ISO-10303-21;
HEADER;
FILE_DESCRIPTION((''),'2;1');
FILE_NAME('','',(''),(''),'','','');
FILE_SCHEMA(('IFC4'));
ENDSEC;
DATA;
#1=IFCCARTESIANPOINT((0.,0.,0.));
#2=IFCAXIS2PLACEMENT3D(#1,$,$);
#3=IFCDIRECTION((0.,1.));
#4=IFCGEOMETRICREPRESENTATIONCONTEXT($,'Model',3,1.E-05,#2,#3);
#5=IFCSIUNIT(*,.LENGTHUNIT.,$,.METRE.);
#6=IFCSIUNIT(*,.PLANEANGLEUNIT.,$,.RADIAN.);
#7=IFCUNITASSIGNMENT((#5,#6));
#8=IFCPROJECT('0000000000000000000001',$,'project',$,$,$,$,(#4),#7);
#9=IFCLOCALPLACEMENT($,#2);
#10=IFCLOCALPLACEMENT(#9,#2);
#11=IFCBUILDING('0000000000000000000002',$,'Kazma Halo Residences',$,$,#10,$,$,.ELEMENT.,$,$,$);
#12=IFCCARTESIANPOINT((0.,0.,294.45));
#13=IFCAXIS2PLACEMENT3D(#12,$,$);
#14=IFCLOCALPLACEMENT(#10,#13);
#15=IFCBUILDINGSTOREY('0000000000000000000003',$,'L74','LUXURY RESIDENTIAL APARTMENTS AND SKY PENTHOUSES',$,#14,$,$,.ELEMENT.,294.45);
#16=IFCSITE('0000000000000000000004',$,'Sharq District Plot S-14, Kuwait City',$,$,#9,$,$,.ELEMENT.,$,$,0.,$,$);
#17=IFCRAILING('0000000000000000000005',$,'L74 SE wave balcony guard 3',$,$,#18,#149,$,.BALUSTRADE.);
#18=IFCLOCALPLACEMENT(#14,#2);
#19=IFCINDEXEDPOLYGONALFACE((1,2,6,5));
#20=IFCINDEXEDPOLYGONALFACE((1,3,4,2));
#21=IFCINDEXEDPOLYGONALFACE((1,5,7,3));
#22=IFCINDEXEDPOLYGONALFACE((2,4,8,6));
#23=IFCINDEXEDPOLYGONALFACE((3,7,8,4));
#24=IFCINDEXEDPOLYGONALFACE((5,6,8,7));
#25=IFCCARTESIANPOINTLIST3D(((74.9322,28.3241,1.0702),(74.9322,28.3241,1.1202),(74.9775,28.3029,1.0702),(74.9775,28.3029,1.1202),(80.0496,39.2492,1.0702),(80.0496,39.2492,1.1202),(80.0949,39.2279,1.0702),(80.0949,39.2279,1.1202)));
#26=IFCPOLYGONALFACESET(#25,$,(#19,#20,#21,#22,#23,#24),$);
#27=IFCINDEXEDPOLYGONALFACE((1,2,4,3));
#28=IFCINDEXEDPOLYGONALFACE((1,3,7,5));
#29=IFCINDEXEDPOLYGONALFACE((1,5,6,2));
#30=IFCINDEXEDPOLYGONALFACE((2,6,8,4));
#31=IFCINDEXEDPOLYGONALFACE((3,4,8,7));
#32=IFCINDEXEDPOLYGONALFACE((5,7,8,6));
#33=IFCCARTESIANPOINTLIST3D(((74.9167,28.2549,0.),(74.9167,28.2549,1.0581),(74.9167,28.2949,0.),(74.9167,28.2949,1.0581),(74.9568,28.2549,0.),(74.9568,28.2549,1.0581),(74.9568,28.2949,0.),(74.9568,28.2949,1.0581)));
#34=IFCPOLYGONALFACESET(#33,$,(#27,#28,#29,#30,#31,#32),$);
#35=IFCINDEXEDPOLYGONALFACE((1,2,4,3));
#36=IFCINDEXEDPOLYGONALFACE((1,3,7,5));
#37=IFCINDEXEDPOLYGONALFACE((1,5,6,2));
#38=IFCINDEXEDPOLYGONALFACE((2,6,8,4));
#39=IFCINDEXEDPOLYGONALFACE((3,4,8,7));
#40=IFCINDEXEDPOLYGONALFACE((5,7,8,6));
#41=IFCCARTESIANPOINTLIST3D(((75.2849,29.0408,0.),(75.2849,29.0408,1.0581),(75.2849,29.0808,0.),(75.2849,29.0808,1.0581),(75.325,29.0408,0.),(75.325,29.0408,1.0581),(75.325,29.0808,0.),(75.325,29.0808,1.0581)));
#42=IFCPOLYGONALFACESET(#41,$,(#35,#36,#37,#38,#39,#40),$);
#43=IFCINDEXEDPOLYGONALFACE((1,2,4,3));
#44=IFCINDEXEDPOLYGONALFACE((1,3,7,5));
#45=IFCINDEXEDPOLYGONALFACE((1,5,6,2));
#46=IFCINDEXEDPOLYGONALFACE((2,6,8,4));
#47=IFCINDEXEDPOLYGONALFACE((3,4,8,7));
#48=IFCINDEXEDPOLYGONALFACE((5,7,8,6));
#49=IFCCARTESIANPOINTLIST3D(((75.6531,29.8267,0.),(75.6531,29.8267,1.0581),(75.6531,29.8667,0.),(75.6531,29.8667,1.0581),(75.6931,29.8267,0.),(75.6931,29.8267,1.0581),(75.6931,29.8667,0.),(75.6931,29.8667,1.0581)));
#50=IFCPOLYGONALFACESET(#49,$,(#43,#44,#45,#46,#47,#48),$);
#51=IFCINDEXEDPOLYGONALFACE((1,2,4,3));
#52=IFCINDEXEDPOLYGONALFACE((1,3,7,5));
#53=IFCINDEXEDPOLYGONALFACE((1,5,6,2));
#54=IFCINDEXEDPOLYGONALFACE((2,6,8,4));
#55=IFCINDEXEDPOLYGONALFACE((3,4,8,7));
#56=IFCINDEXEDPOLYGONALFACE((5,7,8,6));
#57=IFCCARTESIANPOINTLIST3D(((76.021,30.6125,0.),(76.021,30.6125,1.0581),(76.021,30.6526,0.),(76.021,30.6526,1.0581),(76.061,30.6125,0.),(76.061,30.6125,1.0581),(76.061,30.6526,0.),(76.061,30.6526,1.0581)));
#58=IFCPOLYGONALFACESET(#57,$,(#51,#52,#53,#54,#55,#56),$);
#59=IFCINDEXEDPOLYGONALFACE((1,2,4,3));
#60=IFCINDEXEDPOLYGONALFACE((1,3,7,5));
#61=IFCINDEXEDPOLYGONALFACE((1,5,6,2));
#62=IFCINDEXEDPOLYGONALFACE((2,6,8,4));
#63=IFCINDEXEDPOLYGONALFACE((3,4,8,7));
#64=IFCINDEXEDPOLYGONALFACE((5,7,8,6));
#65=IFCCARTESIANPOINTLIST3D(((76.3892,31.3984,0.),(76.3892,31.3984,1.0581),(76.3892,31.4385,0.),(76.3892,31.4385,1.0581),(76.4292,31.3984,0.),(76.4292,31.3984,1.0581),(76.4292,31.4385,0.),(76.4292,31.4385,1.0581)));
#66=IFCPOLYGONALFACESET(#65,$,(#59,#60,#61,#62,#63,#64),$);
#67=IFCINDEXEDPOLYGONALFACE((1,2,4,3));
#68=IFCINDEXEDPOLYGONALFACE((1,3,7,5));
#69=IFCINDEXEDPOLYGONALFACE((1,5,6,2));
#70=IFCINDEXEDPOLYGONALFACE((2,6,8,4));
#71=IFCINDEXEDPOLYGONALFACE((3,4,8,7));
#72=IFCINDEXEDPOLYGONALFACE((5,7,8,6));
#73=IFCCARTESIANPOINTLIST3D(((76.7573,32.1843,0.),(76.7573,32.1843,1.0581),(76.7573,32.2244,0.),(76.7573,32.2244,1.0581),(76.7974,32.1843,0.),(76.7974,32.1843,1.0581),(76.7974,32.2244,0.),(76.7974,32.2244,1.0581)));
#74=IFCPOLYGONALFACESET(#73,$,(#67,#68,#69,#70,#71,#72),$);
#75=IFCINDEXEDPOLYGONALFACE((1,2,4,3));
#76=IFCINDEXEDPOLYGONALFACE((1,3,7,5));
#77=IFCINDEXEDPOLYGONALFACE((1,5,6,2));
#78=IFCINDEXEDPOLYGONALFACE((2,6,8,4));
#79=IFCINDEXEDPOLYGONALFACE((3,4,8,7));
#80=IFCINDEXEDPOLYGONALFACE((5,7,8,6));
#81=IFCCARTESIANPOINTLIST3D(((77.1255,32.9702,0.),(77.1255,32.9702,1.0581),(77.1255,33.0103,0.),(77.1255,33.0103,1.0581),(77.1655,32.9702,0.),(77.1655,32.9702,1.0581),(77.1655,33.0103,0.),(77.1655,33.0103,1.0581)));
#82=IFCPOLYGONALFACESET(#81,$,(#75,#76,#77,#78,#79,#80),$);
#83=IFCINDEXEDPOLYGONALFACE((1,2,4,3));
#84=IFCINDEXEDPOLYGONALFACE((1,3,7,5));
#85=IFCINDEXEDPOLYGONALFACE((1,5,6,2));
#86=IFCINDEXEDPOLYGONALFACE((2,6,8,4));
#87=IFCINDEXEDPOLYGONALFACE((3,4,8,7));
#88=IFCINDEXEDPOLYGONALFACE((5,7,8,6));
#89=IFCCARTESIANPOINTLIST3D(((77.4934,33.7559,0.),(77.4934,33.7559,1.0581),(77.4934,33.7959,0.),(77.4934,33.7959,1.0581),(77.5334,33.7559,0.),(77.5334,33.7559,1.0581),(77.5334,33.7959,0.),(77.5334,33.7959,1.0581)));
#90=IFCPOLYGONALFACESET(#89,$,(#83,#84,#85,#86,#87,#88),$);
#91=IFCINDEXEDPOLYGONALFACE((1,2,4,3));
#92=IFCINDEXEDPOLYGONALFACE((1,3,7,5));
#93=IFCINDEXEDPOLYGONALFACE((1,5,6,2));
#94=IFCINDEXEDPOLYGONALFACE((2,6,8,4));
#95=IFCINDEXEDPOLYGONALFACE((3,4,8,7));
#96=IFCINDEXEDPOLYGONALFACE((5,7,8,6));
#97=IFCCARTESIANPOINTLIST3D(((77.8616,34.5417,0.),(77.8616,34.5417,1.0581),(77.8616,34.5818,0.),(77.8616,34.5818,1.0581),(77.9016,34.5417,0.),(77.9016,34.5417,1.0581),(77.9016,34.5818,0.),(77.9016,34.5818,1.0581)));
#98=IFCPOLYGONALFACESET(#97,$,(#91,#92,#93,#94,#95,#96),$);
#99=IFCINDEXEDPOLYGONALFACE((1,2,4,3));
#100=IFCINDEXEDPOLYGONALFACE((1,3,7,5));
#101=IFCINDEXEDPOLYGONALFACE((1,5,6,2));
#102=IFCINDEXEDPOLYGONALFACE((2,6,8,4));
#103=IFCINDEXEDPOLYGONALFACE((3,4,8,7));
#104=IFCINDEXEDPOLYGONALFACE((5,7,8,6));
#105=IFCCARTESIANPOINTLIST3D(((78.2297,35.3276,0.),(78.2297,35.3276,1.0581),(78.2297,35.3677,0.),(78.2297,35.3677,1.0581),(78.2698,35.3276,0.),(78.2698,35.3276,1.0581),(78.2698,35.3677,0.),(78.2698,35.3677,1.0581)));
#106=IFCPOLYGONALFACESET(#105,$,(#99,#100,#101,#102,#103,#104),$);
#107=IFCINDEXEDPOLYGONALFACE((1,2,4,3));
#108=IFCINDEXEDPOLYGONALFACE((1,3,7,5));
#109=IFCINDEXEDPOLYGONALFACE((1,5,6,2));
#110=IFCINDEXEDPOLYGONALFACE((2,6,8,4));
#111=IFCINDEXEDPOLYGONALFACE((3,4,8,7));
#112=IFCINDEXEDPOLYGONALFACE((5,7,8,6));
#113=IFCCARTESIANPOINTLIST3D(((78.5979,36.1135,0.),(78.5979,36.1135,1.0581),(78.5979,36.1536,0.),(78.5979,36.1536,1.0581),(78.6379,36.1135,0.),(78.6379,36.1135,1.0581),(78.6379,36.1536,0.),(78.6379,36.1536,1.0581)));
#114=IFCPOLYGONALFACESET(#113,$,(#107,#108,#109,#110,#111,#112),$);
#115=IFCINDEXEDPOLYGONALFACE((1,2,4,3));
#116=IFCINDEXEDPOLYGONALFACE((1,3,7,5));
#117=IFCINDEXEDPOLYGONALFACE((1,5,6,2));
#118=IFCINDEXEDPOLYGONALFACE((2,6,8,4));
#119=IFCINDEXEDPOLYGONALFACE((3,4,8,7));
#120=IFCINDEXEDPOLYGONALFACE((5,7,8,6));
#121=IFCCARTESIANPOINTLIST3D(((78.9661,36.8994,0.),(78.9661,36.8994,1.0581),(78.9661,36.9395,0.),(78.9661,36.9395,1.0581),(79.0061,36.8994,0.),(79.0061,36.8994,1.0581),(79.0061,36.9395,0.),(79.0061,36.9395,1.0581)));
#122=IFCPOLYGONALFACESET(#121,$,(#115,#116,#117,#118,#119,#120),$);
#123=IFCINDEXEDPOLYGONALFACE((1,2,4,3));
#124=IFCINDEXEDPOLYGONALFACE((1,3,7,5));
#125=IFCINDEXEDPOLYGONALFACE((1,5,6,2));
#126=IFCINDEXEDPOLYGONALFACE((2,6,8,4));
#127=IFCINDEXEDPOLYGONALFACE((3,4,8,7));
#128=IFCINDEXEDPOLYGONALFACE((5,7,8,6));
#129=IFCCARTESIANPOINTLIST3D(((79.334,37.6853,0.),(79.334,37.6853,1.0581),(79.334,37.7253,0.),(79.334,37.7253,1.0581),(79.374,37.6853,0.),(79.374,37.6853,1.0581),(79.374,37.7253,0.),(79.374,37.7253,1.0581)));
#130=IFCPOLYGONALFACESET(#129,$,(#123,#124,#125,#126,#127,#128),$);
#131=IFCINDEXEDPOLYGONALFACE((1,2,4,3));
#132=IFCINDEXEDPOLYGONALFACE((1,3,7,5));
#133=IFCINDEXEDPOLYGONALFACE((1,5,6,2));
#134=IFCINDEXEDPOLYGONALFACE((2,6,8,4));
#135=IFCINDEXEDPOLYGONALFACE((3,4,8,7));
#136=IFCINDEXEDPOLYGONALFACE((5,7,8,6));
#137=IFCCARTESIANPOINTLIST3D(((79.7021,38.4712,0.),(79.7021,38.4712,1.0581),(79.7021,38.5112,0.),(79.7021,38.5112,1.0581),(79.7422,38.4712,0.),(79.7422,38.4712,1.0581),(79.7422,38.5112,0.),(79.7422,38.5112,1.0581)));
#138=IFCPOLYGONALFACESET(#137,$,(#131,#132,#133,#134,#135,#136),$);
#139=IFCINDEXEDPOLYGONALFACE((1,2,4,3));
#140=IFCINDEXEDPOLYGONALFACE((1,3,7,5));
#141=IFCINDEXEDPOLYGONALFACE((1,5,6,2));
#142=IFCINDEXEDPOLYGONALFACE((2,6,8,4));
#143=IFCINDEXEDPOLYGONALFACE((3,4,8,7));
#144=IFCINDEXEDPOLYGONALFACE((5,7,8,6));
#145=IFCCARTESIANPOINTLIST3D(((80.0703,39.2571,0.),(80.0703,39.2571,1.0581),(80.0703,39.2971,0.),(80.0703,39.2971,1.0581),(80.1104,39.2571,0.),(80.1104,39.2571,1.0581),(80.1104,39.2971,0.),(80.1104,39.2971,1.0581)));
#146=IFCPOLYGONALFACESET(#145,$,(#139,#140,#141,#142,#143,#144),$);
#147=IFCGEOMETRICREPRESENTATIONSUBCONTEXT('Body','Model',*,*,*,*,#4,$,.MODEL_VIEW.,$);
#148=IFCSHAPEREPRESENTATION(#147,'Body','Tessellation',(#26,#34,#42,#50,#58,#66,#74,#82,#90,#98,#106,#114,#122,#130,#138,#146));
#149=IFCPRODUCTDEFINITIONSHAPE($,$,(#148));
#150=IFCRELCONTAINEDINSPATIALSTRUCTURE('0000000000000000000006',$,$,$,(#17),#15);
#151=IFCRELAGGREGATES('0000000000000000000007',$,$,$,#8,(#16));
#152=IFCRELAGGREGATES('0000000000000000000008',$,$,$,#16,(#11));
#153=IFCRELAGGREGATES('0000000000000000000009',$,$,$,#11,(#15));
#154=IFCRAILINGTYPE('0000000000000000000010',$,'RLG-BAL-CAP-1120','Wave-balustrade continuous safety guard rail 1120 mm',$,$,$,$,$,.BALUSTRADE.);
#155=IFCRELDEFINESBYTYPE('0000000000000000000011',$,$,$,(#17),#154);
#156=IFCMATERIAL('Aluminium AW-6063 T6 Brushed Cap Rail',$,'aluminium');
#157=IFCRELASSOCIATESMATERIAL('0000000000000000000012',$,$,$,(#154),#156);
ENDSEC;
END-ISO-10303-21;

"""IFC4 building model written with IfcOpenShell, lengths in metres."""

from ifc_helpers import new_model, si_unit, direction, frame, origin, origin_2d, place, context, subcontext, project, spatial, rectangle, extrude, material, type_object, element, save


model = new_model("IFC4")

# Units and contexts
model_context = context("Model", 3, precision=1e-05, world=origin(), true_north=direction((0.0, 1.0)))
body_context = subcontext(model_context, "Body", "Model", "MODEL_VIEW")
ifc_project = project(units=[si_unit("LENGTHUNIT", "METRE"), si_unit("PLANEANGLEUNIT", "RADIAN")], contexts=[model_context])

# Site, building, storey
site_placement = place(None, origin())
site = spatial("IfcSite", under=ifc_project, at=site_placement, Name="Sharq District Plot S-14, Kuwait City", CompositionType="ELEMENT", RefElevation=0.0)
building_placement = place(site_placement, origin())
building = spatial("IfcBuilding", under=site, at=building_placement, Name="Kazma Halo Residences", CompositionType="ELEMENT")
storey_placement = place(building_placement, frame((0.0, 0.0, 294.45)))
storey = spatial("IfcBuildingStorey", under=building, at=storey_placement, Name="L74", Description="LUXURY RESIDENTIAL APARTMENTS AND SKY PENTHOUSES", CompositionType="ELEMENT", Elevation=294.45)

# Railing
ifc_material_1 = material(Name="Aluminium AW-6063 T6 Brushed Cap Rail", Category="aluminium")
railing_type = type_object("IfcRailingType", Name="RLG-BAL-CAP-1120", Description="Wave-balustrade continuous safety guard rail 1120 mm", PredefinedType="BALUSTRADE", material=ifc_material_1)
railing_1_placement = place(storey_placement, frame((74.9368, 28.2749, 0.0)))
element("IfcRailing", 1, at=railing_1_placement, inside=storey, type_object=railing_type, Name="L74 SE wave balcony guard 3", PredefinedType="BALUSTRADE", context=body_context, shape_type="SweptSolid", body=[
    extrude(rectangle(XDim=0.05, YDim=0.05, at=origin_2d()), frame((0.0181, 0.0386, 1.0952), z_axis=(0.424183, 0.905576, 0.0), x_axis=(-0.905576, 0.424183, 0.0)), (0.0, 0.0, 1.0), 12.0642),
    extrude(rectangle(XDim=0.04, YDim=0.04, at=origin_2d()), origin(), (0.0, 0.0, 1.0), 1.0581),
    extrude(rectangle(XDim=0.04, YDim=0.04, at=origin_2d()), frame((0.3682, 0.7859, 0.0)), (0.0, 0.0, 1.0), 1.0581),
    extrude(rectangle(XDim=0.04, YDim=0.04, at=origin_2d()), frame((0.7363, 1.5718, 0.0)), (0.0, 0.0, 1.0), 1.0581),
    extrude(rectangle(XDim=0.04, YDim=0.04, at=origin_2d()), frame((1.1042, 2.3577, 0.0)), (0.0, 0.0, 1.0), 1.0581),
    extrude(rectangle(XDim=0.04, YDim=0.04, at=origin_2d()), frame((1.4724, 3.1436, 0.0)), (0.0, 0.0, 1.0), 1.0581),
    extrude(rectangle(XDim=0.04, YDim=0.04, at=origin_2d()), frame((1.8406, 3.9294, 0.0)), (0.0, 0.0, 1.0), 1.0581),
    extrude(rectangle(XDim=0.04, YDim=0.04, at=origin_2d()), frame((2.2087, 4.7153, 0.0)), (0.0, 0.0, 1.0), 1.0581),
    extrude(rectangle(XDim=0.04, YDim=0.04, at=origin_2d()), frame((2.5767, 5.501, 0.0)), (0.0, 0.0, 1.0), 1.0581),
    extrude(rectangle(XDim=0.04, YDim=0.04, at=origin_2d()), frame((2.9448, 6.2869, 0.0)), (0.0, 0.0, 1.0), 1.0581),
    extrude(rectangle(XDim=0.04, YDim=0.04, at=origin_2d()), frame((3.313, 7.0728, 0.0)), (0.0, 0.0, 1.0), 1.0581),
    extrude(rectangle(XDim=0.04, YDim=0.04, at=origin_2d()), frame((3.6812, 7.8586, 0.0)), (0.0, 0.0, 1.0), 1.0581),
    extrude(rectangle(XDim=0.04, YDim=0.04, at=origin_2d()), frame((4.0493, 8.6445, 0.0)), (0.0, 0.0, 1.0), 1.0581),
    extrude(rectangle(XDim=0.04, YDim=0.04, at=origin_2d()), frame((4.4172, 9.4304, 0.0)), (0.0, 0.0, 1.0), 1.0581),
    extrude(rectangle(XDim=0.04, YDim=0.04, at=origin_2d()), frame((4.7854, 10.2163, 0.0)), (0.0, 0.0, 1.0), 1.0581),
    extrude(rectangle(XDim=0.04, YDim=0.04, at=origin_2d()), frame((5.1536, 11.0022, 0.0)), (0.0, 0.0, 1.0), 1.0581),
])

save(model, "model.ifc")
